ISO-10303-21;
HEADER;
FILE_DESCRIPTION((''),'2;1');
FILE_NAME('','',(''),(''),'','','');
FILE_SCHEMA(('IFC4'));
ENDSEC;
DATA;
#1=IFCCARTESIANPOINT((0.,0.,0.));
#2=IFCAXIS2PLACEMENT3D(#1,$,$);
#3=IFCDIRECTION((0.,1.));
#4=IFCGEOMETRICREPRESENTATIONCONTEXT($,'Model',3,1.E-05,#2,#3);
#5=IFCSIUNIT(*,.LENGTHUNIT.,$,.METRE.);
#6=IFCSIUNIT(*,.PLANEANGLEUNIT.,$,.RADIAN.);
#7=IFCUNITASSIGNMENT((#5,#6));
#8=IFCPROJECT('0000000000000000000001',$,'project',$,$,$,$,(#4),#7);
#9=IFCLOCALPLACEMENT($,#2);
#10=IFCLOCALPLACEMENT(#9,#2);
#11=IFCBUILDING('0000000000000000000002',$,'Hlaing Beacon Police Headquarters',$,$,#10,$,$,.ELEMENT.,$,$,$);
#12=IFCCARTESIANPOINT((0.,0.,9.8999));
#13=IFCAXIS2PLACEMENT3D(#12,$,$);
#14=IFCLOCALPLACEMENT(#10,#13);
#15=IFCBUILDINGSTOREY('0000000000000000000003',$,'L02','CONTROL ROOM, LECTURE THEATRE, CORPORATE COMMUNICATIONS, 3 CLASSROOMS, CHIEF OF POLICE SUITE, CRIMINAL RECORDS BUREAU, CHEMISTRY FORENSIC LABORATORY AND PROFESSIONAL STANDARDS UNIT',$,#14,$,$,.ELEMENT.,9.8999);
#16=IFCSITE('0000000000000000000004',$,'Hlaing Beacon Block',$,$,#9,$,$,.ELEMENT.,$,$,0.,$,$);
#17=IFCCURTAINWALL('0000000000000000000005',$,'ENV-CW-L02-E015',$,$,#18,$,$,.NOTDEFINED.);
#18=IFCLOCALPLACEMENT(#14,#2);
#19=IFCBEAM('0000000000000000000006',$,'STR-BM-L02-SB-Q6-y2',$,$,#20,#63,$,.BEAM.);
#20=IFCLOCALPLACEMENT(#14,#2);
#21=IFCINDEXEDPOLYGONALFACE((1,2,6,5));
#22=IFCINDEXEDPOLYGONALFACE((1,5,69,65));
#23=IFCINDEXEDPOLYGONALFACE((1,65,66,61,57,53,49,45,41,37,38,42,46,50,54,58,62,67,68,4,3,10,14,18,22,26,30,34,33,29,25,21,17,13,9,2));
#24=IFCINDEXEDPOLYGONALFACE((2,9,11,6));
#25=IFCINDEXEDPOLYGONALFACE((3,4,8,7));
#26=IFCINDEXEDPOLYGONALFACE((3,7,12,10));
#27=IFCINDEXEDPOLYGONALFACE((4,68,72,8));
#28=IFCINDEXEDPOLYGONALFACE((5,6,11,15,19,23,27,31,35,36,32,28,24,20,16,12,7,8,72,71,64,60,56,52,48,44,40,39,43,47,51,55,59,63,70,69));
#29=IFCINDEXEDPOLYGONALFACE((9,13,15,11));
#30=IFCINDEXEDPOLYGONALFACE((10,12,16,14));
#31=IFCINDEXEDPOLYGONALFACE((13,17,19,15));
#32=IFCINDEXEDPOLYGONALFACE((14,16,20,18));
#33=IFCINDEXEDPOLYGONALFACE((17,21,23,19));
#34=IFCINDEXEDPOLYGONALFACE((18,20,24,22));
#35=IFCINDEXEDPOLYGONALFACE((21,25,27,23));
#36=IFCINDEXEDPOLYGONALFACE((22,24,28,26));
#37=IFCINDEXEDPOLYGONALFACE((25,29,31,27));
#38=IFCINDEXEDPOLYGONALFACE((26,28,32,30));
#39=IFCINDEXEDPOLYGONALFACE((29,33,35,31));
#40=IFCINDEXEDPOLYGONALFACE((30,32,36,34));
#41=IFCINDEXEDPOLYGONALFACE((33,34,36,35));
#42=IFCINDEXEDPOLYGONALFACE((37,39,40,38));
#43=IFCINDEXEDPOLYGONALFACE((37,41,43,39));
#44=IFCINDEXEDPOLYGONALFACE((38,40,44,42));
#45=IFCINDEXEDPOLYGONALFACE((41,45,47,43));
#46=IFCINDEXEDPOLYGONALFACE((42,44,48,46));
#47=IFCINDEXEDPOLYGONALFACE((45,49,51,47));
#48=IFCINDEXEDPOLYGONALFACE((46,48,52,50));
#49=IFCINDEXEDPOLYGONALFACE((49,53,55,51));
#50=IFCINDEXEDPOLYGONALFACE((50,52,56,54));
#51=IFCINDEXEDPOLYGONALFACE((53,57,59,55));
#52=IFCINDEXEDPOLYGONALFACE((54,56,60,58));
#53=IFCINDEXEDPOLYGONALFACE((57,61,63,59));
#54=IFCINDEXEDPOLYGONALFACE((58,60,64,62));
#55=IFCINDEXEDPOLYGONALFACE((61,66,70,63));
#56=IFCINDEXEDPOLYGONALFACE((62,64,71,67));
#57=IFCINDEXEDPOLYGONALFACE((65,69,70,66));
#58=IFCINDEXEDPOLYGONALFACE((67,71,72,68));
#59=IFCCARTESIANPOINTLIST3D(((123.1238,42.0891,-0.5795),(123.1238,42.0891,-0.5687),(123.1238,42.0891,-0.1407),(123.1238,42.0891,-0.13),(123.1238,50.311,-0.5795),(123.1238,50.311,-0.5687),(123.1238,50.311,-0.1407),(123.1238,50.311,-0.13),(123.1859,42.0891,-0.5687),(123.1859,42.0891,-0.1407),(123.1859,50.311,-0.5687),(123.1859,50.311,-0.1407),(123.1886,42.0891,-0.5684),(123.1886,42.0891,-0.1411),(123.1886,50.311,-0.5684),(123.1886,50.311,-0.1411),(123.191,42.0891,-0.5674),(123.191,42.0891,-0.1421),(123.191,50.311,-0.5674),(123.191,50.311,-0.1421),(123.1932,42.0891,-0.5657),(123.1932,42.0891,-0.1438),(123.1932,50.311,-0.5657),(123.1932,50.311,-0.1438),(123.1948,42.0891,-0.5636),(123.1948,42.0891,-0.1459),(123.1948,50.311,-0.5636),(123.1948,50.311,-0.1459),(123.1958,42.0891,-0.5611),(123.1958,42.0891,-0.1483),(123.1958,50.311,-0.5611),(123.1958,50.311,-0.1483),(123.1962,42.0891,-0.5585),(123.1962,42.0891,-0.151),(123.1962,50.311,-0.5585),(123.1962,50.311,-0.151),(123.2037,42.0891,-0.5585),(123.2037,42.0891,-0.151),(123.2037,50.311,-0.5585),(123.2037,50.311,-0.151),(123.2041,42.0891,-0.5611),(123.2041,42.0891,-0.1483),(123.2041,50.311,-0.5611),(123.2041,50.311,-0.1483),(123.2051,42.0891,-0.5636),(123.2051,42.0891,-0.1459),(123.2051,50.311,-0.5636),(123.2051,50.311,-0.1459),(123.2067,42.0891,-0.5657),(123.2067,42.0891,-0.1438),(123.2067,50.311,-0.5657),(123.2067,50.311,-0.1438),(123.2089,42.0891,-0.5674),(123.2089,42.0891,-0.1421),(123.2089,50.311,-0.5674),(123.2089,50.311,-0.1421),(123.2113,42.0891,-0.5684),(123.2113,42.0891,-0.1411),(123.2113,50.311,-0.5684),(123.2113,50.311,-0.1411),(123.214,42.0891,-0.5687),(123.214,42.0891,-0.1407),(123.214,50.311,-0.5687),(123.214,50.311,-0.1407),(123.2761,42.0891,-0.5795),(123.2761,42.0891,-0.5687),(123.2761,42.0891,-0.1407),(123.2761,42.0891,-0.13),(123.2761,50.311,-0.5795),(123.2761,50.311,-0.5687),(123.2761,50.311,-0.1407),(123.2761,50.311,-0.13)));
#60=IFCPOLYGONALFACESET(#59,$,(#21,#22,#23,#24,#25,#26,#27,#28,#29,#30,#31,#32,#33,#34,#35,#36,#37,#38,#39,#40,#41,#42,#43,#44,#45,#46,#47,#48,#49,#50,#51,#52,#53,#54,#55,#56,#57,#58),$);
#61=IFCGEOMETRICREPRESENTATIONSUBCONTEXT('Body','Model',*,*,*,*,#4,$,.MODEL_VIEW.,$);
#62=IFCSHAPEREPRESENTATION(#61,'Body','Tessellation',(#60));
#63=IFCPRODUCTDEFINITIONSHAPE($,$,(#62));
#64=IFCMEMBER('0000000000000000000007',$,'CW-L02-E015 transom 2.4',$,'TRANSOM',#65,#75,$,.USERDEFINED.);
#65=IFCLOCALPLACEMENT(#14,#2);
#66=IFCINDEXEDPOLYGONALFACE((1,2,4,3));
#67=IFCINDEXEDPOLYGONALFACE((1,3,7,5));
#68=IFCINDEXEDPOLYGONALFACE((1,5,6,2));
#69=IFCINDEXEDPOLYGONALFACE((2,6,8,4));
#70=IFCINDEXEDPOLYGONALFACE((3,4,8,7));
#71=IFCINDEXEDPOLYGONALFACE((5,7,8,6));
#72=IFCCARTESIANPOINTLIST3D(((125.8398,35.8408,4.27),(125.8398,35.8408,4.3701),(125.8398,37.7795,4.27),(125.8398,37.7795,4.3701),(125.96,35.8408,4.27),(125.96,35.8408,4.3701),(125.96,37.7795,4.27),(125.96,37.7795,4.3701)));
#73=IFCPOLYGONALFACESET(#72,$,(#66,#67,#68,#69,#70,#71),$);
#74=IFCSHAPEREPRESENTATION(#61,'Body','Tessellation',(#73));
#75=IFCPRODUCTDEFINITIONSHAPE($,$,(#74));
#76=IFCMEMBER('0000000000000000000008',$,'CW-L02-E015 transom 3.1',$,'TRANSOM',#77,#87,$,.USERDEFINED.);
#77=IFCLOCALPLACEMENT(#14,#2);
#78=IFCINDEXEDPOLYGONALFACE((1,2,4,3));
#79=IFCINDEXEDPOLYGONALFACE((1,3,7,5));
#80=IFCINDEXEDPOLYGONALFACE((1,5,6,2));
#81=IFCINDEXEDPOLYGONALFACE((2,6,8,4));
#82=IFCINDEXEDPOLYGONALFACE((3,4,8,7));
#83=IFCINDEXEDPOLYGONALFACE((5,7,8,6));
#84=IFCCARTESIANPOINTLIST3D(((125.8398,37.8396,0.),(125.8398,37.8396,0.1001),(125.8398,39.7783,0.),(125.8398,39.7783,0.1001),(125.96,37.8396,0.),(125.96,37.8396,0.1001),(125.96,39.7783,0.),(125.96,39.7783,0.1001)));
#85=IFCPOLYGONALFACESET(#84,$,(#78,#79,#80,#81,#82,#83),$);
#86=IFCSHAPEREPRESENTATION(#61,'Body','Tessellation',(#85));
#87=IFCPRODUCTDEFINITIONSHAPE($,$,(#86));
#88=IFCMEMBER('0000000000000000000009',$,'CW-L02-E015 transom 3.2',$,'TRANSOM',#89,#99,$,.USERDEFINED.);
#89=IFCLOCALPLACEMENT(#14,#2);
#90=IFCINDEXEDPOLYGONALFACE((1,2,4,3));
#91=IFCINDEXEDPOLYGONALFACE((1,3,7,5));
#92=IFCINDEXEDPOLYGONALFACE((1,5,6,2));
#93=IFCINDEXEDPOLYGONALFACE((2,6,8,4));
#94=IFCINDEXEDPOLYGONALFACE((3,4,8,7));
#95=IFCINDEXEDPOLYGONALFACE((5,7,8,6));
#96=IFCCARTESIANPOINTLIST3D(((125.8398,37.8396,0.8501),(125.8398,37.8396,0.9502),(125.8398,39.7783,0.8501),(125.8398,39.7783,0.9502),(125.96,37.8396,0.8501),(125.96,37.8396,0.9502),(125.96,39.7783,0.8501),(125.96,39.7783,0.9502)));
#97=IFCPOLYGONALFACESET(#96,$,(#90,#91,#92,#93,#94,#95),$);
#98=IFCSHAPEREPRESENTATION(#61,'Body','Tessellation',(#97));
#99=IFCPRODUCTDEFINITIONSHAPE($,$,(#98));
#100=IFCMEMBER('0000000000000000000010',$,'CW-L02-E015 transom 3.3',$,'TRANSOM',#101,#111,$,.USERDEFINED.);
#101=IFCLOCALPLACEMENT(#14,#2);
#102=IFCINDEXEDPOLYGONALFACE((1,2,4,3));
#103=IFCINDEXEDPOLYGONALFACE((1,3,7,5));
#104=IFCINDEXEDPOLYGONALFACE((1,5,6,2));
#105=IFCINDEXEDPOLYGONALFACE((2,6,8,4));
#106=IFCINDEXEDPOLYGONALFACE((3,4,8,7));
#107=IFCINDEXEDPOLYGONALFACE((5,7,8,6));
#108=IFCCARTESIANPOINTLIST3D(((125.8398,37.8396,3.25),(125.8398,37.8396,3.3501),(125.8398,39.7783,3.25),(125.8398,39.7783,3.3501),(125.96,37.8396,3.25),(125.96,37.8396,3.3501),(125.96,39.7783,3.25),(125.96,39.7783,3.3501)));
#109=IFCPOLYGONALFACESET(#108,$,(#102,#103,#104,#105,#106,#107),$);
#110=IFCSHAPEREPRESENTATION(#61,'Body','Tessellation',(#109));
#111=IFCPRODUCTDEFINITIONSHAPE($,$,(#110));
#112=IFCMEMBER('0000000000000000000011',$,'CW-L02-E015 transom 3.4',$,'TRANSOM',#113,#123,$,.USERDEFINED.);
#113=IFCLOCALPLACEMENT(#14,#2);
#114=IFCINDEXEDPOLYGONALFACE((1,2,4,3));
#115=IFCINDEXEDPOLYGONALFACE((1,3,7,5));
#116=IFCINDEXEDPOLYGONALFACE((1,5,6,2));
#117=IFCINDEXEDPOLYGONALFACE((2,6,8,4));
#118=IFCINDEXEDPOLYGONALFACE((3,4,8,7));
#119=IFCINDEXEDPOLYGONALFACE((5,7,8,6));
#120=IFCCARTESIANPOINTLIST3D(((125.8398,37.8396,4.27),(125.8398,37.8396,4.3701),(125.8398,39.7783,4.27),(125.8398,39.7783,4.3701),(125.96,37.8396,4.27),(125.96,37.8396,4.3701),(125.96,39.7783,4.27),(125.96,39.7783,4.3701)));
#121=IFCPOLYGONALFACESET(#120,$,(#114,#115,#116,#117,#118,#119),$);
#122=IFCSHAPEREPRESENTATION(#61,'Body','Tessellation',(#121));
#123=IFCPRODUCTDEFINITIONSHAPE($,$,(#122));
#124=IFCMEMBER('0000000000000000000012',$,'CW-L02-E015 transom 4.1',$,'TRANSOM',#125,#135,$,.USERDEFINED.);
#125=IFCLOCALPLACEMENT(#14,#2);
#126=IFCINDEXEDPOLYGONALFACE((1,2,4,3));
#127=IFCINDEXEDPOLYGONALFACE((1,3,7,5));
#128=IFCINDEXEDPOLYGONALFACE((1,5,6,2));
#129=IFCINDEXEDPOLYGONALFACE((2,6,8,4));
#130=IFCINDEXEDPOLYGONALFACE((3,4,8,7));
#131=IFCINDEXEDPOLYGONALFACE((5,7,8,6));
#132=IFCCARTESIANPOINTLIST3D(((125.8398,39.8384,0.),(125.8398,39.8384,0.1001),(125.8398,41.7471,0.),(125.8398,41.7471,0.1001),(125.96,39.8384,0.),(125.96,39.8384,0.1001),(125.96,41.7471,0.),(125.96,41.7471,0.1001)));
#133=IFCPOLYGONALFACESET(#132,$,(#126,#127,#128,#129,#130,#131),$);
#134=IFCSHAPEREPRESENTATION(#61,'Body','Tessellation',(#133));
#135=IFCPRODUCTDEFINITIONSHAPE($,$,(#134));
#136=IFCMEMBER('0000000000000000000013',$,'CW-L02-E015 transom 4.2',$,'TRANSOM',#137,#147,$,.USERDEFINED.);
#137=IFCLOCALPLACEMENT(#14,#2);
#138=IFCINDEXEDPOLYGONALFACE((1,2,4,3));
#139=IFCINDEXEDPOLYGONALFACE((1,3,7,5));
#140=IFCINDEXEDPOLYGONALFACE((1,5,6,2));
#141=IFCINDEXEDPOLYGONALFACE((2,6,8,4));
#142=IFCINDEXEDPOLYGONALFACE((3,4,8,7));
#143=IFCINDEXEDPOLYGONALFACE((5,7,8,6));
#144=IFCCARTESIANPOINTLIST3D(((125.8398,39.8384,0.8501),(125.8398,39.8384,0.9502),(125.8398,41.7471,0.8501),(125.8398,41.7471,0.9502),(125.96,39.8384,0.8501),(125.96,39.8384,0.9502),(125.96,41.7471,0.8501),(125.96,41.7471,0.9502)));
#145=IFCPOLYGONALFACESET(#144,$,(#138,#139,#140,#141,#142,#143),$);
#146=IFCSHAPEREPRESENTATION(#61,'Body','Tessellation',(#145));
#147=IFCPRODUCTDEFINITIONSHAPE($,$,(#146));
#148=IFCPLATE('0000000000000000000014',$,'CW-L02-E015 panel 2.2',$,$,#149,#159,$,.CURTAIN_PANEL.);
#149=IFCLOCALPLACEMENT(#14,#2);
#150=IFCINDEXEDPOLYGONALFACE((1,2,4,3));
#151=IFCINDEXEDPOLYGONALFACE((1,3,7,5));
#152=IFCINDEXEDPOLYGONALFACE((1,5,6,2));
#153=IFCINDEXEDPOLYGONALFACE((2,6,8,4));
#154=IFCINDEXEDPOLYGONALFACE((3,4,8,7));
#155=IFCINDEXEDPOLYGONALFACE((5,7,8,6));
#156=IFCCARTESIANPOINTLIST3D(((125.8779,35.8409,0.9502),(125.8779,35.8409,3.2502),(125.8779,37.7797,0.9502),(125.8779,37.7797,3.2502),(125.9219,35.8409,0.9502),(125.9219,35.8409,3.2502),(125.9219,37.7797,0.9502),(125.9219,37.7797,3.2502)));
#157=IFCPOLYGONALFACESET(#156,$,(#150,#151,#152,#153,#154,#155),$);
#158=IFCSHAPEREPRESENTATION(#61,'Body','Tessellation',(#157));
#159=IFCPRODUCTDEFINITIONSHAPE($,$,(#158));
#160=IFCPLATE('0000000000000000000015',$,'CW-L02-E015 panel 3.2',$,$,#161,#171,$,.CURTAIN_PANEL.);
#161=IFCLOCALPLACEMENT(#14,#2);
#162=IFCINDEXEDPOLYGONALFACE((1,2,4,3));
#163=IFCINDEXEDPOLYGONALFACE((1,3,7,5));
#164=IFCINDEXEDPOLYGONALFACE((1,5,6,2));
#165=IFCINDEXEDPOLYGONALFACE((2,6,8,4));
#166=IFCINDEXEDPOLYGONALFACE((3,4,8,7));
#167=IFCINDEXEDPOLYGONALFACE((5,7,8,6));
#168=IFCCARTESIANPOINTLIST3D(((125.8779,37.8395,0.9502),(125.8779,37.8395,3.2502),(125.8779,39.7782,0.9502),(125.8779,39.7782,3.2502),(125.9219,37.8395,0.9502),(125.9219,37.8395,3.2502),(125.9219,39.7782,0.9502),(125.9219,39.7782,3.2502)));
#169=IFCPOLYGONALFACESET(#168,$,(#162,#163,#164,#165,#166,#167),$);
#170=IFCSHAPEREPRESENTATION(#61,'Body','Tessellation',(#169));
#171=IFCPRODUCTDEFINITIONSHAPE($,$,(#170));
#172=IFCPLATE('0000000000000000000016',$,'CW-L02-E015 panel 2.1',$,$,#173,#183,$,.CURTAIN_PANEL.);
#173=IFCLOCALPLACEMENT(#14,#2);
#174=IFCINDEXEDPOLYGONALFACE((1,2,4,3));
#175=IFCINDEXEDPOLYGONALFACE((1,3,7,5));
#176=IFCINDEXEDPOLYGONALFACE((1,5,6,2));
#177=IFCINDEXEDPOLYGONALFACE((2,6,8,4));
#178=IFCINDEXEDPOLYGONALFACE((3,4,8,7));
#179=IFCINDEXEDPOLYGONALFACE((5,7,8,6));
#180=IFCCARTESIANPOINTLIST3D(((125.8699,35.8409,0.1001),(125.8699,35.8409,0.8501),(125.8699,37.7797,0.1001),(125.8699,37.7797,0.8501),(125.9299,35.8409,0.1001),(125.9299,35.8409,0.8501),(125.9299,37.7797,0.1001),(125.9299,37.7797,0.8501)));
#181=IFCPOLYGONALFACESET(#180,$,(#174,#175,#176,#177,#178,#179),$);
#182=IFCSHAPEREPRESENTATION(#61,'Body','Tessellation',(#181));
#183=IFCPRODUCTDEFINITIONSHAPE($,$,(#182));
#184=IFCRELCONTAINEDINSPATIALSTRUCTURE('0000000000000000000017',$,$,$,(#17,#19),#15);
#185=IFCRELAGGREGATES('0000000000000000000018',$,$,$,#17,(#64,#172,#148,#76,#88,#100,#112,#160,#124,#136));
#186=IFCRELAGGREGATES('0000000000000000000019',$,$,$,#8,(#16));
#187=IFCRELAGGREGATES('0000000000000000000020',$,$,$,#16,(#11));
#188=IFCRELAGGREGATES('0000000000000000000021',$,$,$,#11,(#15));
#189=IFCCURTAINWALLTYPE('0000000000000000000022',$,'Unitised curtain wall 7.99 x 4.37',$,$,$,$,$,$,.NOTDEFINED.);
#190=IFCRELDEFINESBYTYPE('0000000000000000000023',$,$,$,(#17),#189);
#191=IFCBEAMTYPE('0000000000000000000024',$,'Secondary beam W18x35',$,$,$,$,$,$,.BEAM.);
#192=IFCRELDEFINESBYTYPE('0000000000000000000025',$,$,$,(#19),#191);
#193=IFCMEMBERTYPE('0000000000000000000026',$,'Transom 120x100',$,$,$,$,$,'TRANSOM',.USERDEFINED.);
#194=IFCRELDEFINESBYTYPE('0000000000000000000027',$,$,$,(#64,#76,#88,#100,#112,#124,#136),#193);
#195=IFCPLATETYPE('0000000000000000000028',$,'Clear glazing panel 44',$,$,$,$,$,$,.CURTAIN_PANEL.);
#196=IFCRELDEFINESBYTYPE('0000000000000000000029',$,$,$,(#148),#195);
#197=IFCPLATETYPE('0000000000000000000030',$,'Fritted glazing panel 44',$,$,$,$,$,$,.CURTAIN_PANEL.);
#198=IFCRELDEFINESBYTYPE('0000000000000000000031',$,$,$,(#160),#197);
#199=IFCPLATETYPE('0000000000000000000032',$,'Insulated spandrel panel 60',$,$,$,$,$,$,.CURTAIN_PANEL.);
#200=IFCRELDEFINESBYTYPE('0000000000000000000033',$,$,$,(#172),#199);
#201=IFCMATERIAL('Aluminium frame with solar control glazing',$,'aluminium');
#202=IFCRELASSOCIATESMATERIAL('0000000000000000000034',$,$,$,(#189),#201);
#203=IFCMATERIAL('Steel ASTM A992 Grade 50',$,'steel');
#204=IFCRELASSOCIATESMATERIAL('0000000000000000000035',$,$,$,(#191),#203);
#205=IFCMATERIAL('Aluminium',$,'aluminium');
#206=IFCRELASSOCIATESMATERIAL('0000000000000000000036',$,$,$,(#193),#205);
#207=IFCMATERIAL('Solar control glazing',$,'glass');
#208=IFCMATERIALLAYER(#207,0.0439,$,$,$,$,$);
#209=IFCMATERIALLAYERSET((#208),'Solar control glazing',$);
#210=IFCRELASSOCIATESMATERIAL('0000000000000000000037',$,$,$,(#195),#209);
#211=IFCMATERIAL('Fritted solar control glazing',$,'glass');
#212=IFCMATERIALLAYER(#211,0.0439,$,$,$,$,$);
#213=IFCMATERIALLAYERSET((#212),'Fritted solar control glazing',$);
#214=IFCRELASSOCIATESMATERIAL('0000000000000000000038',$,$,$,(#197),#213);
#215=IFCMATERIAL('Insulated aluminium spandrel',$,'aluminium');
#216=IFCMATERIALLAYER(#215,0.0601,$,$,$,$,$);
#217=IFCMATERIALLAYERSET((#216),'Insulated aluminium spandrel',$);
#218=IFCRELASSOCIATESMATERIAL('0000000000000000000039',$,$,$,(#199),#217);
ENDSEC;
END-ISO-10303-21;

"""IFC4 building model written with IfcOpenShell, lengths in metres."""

from ifc_helpers import new_model, si_unit, direction, frame, origin, origin_2d, place, context, subcontext, project, spatial, rectangle, i_section, extrude, material, layer, layer_set, material_profile, profile_set, type_object, element, aggregate, save


model = new_model("IFC4")

# Units and contexts
model_context = context("Model", 3, precision=1e-05, world=origin(), true_north=direction((0.0, 1.0)))
body_context = subcontext(model_context, "Body", "Model", "MODEL_VIEW")
ifc_project = project(units=[si_unit("LENGTHUNIT", "METRE"), si_unit("PLANEANGLEUNIT", "RADIAN")], contexts=[model_context])

# Site, building, storey
site_placement = place(None, origin())
site = spatial("IfcSite", under=ifc_project, at=site_placement, Name="Hlaing Beacon Block", CompositionType="ELEMENT", RefElevation=0.0)
building_placement = place(site_placement, origin())
building = spatial("IfcBuilding", under=site, at=building_placement, Name="Hlaing Beacon Police Headquarters", CompositionType="ELEMENT")
storey_placement = place(building_placement, frame((0.0, 0.0, 9.8999)))
storey = spatial("IfcBuildingStorey", under=building, at=storey_placement, Name="L02", Description="CONTROL ROOM, LECTURE THEATRE, CORPORATE COMMUNICATIONS, 3 CLASSROOMS, CHIEF OF POLICE SUITE, CRIMINAL RECORDS BUREAU, CHEMISTRY FORENSIC LABORATORY AND PROFESSIONAL STANDARDS UNIT", CompositionType="ELEMENT", Elevation=9.8999)

# Curtain wall
ifc_material_1 = material(Name="Aluminium frame with solar control glazing", Category="aluminium")
curtain_wall_type = type_object("IfcCurtainWallType", Name="Unitised curtain wall 7.99 x 4.37", PredefinedType="NOTDEFINED", material=ifc_material_1)
curtain_wall_placement = place(storey_placement, origin())
curtain_wall = element("IfcCurtainWall", 1, at=curtain_wall_placement, inside=storey, type_object=curtain_wall_type, Name="ENV-CW-L02-E015", PredefinedType="NOTDEFINED")

# Beam
ifc_material_2 = material(Name="Steel ASTM A992 Grade 50", Category="steel")
ifc_material_profile_1 = material_profile(ifc_material_2, i_section(OverallWidth=0.1523, OverallDepth=0.4495, WebThickness=0.0076, FlangeThickness=0.0107, FilletRadius=0.0103, at=origin_2d()), Name="W18x35")
ifc_profile_set_1 = profile_set([ifc_material_profile_1], Name="Steel ASTM A992 Grade 50")
beam_type_1 = type_object("IfcBeamType", Name="Secondary beam W18x35", PredefinedType="BEAM", material=ifc_profile_set_1)
for number, where, z_axis, x_axis, name in (
    (2, (123.2, 42.0891, -0.3547), (0.0, 1.0, 0.0), (-1.0, 0.0, 0.0), "STR-BM-L02-SB-Q6-y2"),
):
    element("IfcBeam", number, at=place(storey_placement, frame(where, z_axis=z_axis, x_axis=x_axis)), inside=storey, type_object=beam_type_1, Name=name, PredefinedType="BEAM", context=body_context, shape_type="SweptSolid", body=[
        extrude(i_section(OverallWidth=0.1523, OverallDepth=0.4495, WebThickness=0.0076, FlangeThickness=0.0107, FilletRadius=0.0103, at=origin_2d()), origin(), (0.0, 0.0, 1.0), 8.2219),
    ])

# Members
ifc_material_3 = material(Name="Aluminium", Category="aluminium")
ifc_material_profile_2 = material_profile(ifc_material_3, rectangle(XDim=0.1201, YDim=0.1001, at=origin_2d()), Name="Transom 120x100")
ifc_profile_set_2 = profile_set([ifc_material_profile_2], Name="Aluminium")
member_type_1 = type_object("IfcMemberType", Name="Transom 120x100", ElementType="TRANSOM", PredefinedType="USERDEFINED", material=ifc_profile_set_2)
member_1_placement = place(storey_placement, frame((125.8999, 35.8408, 4.3201), z_axis=(0.0, 1.0, 0.0), x_axis=(-1.0, 0.0, 0.0)))
member_1 = element("IfcMember", 3, at=member_1_placement, type_object=member_type_1, Name="CW-L02-E015 transom 2.4", ObjectType="TRANSOM", PredefinedType="USERDEFINED", context=body_context, shape_type="SweptSolid", body=[
    extrude(rectangle(XDim=0.1201, YDim=0.1001, at=origin_2d()), origin(), (0.0, 0.0, 1.0), 1.9387),
])
member_2_placement = place(storey_placement, frame((125.8999, 37.8396, 0.05), z_axis=(0.0, 1.0, 0.0), x_axis=(-1.0, 0.0, 0.0)))
member_2 = element("IfcMember", 4, at=member_2_placement, type_object=member_type_1, Name="CW-L02-E015 transom 3.1", ObjectType="TRANSOM", PredefinedType="USERDEFINED", context=body_context, shape_type="SweptSolid", body=[
    extrude(rectangle(XDim=0.1201, YDim=0.1001, at=origin_2d()), origin(), (0.0, 0.0, 1.0), 1.9387),
])
member_3_placement = place(storey_placement, frame((125.8999, 37.8396, 0.9001), z_axis=(0.0, 1.0, 0.0), x_axis=(-1.0, 0.0, 0.0)))
member_3 = element("IfcMember", 5, at=member_3_placement, type_object=member_type_1, Name="CW-L02-E015 transom 3.2", ObjectType="TRANSOM", PredefinedType="USERDEFINED", context=body_context, shape_type="SweptSolid", body=[
    extrude(rectangle(XDim=0.1201, YDim=0.1001, at=origin_2d()), origin(), (0.0, 0.0, 1.0), 1.9387),
])
member_4_placement = place(storey_placement, frame((125.8999, 37.8396, 3.3), z_axis=(0.0, 1.0, 0.0), x_axis=(-1.0, 0.0, 0.0)))
member_4 = element("IfcMember", 6, at=member_4_placement, type_object=member_type_1, Name="CW-L02-E015 transom 3.3", ObjectType="TRANSOM", PredefinedType="USERDEFINED", context=body_context, shape_type="SweptSolid", body=[
    extrude(rectangle(XDim=0.1201, YDim=0.1001, at=origin_2d()), origin(), (0.0, 0.0, 1.0), 1.9387),
])
member_5_placement = place(storey_placement, frame((125.8999, 37.8396, 4.3201), z_axis=(0.0, 1.0, 0.0), x_axis=(-1.0, 0.0, 0.0)))
member_5 = element("IfcMember", 7, at=member_5_placement, type_object=member_type_1, Name="CW-L02-E015 transom 3.4", ObjectType="TRANSOM", PredefinedType="USERDEFINED", context=body_context, shape_type="SweptSolid", body=[
    extrude(rectangle(XDim=0.1201, YDim=0.1001, at=origin_2d()), origin(), (0.0, 0.0, 1.0), 1.9387),
])
member_6_placement = place(storey_placement, frame((125.8999, 39.8384, 0.05), z_axis=(0.0, 1.0, 0.0), x_axis=(-1.0, 0.0, 0.0)))
member_6 = element("IfcMember", 8, at=member_6_placement, type_object=member_type_1, Name="CW-L02-E015 transom 4.1", ObjectType="TRANSOM", PredefinedType="USERDEFINED", context=body_context, shape_type="SweptSolid", body=[
    extrude(rectangle(XDim=0.1201, YDim=0.1001, at=origin_2d()), origin(), (0.0, 0.0, 1.0), 1.9087),
])
member_7_placement = place(storey_placement, frame((125.8999, 39.8384, 0.9001), z_axis=(0.0, 1.0, 0.0), x_axis=(-1.0, 0.0, 0.0)))
member_7 = element("IfcMember", 9, at=member_7_placement, type_object=member_type_1, Name="CW-L02-E015 transom 4.2", ObjectType="TRANSOM", PredefinedType="USERDEFINED", context=body_context, shape_type="SweptSolid", body=[
    extrude(rectangle(XDim=0.1201, YDim=0.1001, at=origin_2d()), origin(), (0.0, 0.0, 1.0), 1.9087),
])

# Plates
ifc_material_4 = material(Name="Solar control glazing", Category="glass")
ifc_layer_1 = layer(ifc_material_4, 0.0439)
ifc_layer_set_1 = layer_set([ifc_layer_1], Name="Solar control glazing")
plate_type_1 = type_object("IfcPlateType", Name="Clear glazing panel 44", PredefinedType="CURTAIN_PANEL", material=ifc_layer_set_1)
plate_1_placement = place(storey_placement, frame((125.8999, 36.8103, 0.9502), z_axis=(0.0, 0.0, 1.0), x_axis=(0.0, 1.0, 0.0)))
plate_1 = element("IfcPlate", 10, at=plate_1_placement, type_object=plate_type_1, Name="CW-L02-E015 panel 2.2", PredefinedType="CURTAIN_PANEL", context=body_context, shape_type="SweptSolid", body=[
    extrude(rectangle(XDim=1.9387, YDim=0.0439, at=origin_2d()), origin(), (0.0, 0.0, 1.0), 2.3),
])
ifc_material_5 = material(Name="Fritted solar control glazing", Category="glass")
ifc_layer_2 = layer(ifc_material_5, 0.0439)
ifc_layer_set_2 = layer_set([ifc_layer_2], Name="Fritted solar control glazing")
plate_type_2 = type_object("IfcPlateType", Name="Fritted glazing panel 44", PredefinedType="CURTAIN_PANEL", material=ifc_layer_set_2)
plate_2_placement = place(storey_placement, frame((125.8999, 38.8088, 0.9502), z_axis=(0.0, 0.0, 1.0), x_axis=(0.0, 1.0, 0.0)))
plate_2 = element("IfcPlate", 11, at=plate_2_placement, type_object=plate_type_2, Name="CW-L02-E015 panel 3.2", PredefinedType="CURTAIN_PANEL", context=body_context, shape_type="SweptSolid", body=[
    extrude(rectangle(XDim=1.9387, YDim=0.0439, at=origin_2d()), origin(), (0.0, 0.0, 1.0), 2.3),
])
ifc_material_6 = material(Name="Insulated aluminium spandrel", Category="aluminium")
ifc_layer_3 = layer(ifc_material_6, 0.0601)
ifc_layer_set_3 = layer_set([ifc_layer_3], Name="Insulated aluminium spandrel")
plate_type_3 = type_object("IfcPlateType", Name="Insulated spandrel panel 60", PredefinedType="CURTAIN_PANEL", material=ifc_layer_set_3)
plate_3_placement = place(storey_placement, frame((125.8999, 36.8103, 0.1001), z_axis=(0.0, 0.0, 1.0), x_axis=(0.0, 1.0, 0.0)))
plate_3 = element("IfcPlate", 12, at=plate_3_placement, type_object=plate_type_3, Name="CW-L02-E015 panel 2.1", PredefinedType="CURTAIN_PANEL", context=body_context, shape_type="SweptSolid", body=[
    extrude(rectangle(XDim=1.9387, YDim=0.0601, at=origin_2d()), origin(), (0.0, 0.0, 1.0), 0.75),
])
aggregate(curtain_wall, [member_1, plate_3, plate_1, member_2, member_3, member_4, member_5, plate_2, member_6, member_7])

save(model, "model.ifc")
